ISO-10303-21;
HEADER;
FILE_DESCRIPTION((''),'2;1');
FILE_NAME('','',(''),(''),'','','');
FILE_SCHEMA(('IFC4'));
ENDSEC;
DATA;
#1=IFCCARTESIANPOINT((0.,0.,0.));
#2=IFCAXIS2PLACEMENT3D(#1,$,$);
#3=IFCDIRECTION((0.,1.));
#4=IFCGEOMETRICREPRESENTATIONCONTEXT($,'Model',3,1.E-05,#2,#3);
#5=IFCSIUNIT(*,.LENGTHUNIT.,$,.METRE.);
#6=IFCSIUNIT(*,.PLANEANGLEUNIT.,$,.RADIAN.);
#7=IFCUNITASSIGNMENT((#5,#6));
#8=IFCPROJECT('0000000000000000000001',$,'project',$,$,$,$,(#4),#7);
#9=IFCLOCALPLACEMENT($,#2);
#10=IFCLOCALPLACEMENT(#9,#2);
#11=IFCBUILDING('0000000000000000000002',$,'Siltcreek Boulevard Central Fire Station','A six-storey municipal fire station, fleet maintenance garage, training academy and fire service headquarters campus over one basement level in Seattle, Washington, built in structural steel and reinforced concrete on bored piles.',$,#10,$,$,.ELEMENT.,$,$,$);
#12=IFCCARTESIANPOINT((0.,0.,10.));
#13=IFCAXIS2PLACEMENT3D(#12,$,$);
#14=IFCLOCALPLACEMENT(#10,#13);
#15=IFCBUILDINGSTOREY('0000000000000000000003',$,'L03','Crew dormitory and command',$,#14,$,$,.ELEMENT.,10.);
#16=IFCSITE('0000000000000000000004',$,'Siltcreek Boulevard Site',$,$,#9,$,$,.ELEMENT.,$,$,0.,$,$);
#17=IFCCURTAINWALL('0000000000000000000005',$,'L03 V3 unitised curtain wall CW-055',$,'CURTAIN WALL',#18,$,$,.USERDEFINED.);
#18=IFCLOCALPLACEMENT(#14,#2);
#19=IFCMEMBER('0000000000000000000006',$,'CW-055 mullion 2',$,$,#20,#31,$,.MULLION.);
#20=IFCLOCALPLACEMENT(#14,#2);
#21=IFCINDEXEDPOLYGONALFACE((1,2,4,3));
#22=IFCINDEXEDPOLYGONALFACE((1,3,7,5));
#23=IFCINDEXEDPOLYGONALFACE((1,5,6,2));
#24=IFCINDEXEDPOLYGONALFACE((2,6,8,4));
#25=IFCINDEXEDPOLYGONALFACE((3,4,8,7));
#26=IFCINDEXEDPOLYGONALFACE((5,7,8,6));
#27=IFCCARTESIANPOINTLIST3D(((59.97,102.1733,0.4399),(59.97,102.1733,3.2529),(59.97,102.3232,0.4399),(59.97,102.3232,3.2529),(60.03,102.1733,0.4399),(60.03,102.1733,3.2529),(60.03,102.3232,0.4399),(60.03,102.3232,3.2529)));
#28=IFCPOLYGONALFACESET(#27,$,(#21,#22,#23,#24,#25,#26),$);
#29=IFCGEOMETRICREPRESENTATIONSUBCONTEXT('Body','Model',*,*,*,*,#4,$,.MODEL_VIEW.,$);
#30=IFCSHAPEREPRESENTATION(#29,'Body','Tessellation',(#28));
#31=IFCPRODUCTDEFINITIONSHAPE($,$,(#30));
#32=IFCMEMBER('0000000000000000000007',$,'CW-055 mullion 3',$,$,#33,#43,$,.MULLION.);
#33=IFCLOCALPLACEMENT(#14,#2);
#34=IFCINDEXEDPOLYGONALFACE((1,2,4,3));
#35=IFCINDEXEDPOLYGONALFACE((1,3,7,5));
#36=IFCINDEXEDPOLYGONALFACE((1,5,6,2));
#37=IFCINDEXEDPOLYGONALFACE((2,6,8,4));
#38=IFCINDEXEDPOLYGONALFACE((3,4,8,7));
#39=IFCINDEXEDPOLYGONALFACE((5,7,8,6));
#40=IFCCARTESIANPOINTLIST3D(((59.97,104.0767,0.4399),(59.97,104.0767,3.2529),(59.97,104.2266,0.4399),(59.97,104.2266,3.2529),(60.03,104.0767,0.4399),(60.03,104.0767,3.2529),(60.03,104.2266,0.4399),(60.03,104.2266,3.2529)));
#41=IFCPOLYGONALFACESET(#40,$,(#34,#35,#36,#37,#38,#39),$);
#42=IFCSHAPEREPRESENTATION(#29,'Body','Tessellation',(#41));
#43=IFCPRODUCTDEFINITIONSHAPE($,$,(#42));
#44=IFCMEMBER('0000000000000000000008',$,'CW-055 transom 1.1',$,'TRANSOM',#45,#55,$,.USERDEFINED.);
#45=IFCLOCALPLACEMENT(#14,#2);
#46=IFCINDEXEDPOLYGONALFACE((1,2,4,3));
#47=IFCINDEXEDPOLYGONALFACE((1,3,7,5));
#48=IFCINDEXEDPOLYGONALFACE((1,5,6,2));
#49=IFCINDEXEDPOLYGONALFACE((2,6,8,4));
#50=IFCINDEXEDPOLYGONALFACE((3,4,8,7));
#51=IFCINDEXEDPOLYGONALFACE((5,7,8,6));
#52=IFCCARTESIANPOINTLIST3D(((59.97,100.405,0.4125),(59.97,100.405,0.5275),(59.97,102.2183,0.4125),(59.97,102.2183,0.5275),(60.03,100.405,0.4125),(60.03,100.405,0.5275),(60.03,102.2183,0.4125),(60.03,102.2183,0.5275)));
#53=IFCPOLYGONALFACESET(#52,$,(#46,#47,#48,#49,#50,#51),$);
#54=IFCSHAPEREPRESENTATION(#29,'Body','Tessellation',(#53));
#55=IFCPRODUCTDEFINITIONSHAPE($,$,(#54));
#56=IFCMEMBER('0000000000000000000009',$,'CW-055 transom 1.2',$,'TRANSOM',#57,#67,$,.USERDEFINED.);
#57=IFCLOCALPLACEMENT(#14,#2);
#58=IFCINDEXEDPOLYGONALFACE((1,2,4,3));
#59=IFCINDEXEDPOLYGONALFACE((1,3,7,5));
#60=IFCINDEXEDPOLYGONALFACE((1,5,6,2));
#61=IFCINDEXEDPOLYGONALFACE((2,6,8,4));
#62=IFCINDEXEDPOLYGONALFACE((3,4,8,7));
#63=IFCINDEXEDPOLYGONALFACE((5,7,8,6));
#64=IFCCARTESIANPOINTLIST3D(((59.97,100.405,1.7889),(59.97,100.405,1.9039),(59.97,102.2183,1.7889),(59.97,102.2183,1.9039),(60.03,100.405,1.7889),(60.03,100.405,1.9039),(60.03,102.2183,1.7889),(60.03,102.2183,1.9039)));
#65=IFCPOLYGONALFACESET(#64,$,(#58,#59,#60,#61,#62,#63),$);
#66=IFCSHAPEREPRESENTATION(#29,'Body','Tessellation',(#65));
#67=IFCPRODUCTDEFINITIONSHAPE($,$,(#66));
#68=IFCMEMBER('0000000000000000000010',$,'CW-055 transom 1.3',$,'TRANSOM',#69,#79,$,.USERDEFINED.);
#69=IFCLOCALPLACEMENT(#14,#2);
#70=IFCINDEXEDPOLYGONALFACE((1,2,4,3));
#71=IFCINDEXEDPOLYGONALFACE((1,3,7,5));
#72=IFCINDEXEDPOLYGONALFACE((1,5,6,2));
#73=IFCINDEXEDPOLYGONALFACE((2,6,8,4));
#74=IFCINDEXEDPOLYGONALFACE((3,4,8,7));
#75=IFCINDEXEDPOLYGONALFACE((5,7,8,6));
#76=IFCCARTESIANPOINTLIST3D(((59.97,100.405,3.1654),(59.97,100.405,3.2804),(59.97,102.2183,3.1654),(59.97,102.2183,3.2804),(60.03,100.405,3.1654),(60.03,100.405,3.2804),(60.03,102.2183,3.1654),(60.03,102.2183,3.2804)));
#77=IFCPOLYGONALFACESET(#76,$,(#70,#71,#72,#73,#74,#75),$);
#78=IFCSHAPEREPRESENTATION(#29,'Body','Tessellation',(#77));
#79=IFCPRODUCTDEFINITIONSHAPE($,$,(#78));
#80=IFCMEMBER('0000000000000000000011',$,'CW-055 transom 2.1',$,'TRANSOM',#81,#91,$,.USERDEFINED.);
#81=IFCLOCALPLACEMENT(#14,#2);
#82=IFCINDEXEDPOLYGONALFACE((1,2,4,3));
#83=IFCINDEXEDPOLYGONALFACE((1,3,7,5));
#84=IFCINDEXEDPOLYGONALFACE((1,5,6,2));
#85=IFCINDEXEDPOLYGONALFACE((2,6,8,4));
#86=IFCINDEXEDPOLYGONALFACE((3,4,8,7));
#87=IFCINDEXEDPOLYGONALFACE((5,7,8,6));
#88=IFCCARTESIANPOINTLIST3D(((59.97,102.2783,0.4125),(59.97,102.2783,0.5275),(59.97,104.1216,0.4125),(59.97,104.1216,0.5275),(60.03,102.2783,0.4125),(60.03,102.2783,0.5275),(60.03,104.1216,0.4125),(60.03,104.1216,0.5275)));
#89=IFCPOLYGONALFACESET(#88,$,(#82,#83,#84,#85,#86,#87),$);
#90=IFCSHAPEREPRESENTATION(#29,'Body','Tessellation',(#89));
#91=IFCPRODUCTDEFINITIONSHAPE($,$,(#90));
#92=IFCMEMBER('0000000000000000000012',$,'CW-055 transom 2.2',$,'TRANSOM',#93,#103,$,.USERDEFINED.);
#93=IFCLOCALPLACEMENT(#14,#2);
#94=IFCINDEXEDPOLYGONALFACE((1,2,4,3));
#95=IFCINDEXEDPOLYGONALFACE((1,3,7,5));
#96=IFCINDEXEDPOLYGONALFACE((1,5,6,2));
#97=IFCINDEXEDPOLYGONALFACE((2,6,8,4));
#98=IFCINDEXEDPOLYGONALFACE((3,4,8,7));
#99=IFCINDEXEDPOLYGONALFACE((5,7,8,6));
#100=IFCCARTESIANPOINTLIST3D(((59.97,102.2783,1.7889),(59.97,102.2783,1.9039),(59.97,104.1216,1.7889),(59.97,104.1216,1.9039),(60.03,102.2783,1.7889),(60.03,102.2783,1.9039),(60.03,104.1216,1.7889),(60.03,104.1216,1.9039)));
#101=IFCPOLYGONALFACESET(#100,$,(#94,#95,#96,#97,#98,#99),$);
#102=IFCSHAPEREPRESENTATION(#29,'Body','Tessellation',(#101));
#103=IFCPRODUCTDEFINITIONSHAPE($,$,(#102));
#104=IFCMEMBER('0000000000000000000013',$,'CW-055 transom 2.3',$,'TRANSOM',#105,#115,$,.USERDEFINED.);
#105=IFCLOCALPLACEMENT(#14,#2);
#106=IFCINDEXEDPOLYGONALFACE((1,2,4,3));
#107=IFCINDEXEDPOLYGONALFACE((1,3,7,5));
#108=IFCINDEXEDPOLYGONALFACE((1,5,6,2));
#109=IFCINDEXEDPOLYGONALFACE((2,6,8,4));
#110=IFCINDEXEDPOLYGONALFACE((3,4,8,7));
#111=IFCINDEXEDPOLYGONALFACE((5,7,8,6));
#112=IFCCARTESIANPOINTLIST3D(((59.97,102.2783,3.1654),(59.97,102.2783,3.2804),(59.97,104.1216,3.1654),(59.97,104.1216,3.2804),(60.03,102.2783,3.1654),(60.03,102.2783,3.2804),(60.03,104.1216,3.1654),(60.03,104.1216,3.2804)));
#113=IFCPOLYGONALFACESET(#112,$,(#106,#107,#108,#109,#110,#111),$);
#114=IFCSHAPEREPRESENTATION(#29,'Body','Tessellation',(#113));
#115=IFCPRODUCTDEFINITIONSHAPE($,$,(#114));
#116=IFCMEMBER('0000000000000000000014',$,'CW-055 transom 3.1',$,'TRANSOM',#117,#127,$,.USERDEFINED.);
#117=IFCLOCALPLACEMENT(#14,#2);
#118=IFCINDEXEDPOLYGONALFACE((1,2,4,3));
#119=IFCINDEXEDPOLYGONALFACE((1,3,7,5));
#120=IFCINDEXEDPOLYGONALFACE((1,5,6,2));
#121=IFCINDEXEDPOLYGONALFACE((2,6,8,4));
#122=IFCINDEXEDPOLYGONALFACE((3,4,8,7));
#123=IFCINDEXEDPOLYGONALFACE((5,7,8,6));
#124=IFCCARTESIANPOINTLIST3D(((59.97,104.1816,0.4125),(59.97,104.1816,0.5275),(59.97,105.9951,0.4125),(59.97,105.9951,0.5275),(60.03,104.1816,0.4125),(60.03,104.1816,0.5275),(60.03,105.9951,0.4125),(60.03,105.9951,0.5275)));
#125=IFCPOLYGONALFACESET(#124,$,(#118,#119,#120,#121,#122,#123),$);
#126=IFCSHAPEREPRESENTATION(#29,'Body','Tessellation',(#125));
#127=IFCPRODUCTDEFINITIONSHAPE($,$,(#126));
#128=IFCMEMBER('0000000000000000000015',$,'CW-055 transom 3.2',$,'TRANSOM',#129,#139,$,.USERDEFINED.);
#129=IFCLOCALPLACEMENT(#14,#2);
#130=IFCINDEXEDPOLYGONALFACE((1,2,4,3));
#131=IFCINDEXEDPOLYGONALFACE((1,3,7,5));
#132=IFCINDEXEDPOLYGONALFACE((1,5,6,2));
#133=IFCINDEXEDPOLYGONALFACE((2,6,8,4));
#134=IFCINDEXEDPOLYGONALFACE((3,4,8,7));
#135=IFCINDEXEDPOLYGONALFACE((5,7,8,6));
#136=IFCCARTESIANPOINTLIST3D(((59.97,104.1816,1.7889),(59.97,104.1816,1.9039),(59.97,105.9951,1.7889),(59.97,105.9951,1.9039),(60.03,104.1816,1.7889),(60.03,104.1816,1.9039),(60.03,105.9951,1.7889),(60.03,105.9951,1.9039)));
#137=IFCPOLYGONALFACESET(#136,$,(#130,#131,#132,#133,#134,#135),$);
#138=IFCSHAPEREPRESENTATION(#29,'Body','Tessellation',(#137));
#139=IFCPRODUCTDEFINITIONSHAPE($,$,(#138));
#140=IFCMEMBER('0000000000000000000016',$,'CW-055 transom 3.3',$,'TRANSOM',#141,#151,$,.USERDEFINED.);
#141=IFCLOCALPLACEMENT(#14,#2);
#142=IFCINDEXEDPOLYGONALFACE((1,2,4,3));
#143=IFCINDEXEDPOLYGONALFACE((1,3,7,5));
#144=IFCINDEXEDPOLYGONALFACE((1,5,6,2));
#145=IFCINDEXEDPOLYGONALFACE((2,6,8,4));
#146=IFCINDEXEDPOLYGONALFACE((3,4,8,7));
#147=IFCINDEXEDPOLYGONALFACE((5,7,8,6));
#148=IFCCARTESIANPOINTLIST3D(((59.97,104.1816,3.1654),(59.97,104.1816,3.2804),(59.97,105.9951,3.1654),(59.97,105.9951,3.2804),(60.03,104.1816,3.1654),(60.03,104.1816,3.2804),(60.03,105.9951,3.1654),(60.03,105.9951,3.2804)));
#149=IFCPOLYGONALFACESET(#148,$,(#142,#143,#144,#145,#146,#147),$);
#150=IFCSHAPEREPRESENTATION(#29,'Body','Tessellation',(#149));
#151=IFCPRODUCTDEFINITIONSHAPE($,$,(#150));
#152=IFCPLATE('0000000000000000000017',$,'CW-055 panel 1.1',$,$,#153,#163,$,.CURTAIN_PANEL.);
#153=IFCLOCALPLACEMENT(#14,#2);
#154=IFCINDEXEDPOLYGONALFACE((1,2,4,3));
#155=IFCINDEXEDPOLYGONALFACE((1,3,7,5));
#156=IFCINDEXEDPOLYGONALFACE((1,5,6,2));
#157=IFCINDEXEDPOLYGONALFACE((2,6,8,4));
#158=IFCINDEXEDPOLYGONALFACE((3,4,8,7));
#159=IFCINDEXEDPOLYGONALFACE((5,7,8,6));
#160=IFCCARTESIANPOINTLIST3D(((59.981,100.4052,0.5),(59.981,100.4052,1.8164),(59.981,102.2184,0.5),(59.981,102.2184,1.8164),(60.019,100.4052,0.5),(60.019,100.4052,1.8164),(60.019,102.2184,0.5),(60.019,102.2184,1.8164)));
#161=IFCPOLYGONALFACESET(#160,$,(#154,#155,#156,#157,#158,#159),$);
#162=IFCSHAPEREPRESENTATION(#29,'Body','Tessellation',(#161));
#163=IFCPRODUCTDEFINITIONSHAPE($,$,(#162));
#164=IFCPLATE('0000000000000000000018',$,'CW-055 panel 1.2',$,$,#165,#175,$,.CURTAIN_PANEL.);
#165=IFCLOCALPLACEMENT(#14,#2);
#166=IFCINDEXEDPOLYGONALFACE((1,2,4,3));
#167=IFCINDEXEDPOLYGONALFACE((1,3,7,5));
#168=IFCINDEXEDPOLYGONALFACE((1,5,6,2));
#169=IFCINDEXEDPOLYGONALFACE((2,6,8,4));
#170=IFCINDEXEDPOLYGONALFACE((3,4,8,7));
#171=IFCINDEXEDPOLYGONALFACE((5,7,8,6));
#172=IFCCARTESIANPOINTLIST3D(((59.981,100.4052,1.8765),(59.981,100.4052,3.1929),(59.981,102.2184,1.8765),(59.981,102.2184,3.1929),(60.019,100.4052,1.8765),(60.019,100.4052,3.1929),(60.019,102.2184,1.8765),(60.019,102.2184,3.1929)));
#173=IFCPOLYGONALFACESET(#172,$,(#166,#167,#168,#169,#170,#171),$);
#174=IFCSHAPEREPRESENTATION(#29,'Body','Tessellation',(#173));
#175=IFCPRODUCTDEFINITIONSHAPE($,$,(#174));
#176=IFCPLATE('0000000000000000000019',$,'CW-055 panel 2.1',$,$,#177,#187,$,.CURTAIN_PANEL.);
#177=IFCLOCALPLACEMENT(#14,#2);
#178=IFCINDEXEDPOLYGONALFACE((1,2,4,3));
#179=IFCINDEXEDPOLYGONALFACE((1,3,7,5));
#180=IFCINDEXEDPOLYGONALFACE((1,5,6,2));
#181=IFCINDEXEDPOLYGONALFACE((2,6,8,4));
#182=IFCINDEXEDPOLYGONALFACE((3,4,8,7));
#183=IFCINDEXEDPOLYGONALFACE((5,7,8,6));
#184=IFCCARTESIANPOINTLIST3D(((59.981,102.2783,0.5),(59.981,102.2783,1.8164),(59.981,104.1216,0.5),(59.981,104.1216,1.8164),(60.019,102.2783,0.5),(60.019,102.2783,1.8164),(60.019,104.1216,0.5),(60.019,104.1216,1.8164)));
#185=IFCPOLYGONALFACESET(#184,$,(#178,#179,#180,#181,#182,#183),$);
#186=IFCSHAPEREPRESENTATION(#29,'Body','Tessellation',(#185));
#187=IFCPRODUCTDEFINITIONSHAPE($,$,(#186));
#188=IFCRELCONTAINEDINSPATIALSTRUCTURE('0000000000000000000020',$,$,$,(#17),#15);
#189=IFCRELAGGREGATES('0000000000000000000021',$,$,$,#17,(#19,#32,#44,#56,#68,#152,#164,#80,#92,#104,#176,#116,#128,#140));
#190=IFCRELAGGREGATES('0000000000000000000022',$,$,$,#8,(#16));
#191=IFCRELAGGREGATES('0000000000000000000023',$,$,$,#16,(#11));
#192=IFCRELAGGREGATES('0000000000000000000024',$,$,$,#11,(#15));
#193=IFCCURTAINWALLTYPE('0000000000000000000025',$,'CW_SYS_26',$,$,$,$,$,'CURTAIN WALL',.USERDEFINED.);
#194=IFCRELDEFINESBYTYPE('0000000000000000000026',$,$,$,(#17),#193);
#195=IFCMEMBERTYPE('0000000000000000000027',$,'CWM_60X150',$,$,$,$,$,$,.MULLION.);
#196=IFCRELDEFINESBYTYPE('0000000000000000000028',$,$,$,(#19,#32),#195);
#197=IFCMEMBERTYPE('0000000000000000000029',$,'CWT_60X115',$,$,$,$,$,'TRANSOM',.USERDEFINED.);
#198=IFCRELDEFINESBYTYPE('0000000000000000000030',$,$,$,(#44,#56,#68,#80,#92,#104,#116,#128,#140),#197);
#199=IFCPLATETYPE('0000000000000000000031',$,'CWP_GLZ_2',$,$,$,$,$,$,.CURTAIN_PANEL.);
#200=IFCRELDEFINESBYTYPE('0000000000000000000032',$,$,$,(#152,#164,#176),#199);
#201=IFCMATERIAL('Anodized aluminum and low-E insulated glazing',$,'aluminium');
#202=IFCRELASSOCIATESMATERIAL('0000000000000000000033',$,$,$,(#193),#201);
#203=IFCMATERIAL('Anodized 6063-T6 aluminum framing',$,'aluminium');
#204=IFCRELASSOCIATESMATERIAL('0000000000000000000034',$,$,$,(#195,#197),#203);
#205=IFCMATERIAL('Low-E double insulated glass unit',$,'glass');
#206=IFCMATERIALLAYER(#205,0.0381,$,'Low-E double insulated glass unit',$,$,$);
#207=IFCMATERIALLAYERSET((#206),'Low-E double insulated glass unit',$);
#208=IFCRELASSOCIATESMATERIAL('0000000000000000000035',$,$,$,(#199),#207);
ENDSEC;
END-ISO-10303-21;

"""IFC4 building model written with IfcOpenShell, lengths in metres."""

from ifc_helpers import new_model, si_unit, direction, frame, origin, origin_2d, place, context, subcontext, project, spatial, rectangle, extrude, material, layer, layer_set, material_profile, profile_set, type_object, element, aggregate, save


model = new_model("IFC4")

# Units and contexts
model_context = context("Model", 3, precision=1e-05, world=origin(), true_north=direction((0.0, 1.0)))
body_context = subcontext(model_context, "Body", "Model", "MODEL_VIEW")
ifc_project = project(units=[si_unit("LENGTHUNIT", "METRE"), si_unit("PLANEANGLEUNIT", "RADIAN")], contexts=[model_context])

# Site, building, storey
site_placement = place(None, origin())
site = spatial("IfcSite", under=ifc_project, at=site_placement, Name="Siltcreek Boulevard Site", CompositionType="ELEMENT", RefElevation=0.0)
building_placement = place(site_placement, origin())
building = spatial("IfcBuilding", under=site, at=building_placement, Name="Siltcreek Boulevard Central Fire Station", Description="A six-storey municipal fire station, fleet maintenance garage, training academy and fire service headquarters campus over one basement level in Seattle, Washington, built in structural steel and reinforced concrete on bored piles.", CompositionType="ELEMENT")
storey_placement = place(building_placement, frame((0.0, 0.0, 10.0)))
storey = spatial("IfcBuildingStorey", under=building, at=storey_placement, Name="L03", Description="Crew dormitory and command", CompositionType="ELEMENT", Elevation=10.0)

# Curtain wall, members, plates
ifc_material_1 = material(Name="Anodized aluminum and low-E insulated glazing", Category="aluminium")
curtain_wall_type = type_object("IfcCurtainWallType", Name="CW_SYS_26", ElementType="CURTAIN WALL", PredefinedType="USERDEFINED", material=ifc_material_1)
curtain_wall_placement = place(storey_placement, origin())
curtain_wall = element("IfcCurtainWall", 1, at=curtain_wall_placement, inside=storey, type_object=curtain_wall_type, Name="L03 V3 unitised curtain wall CW-055", ObjectType="CURTAIN WALL", PredefinedType="USERDEFINED")
ifc_material_2 = material(Name="Anodized 6063-T6 aluminum framing", Category="aluminium")
ifc_material_profile_1 = material_profile(ifc_material_2, rectangle(XDim=0.0601, YDim=0.1499, at=origin_2d()), Name="MULL60X150")
ifc_profile_set_1 = profile_set([ifc_material_profile_1], Name="Anodized 6063-T6 aluminum framing")
member_type_1 = type_object("IfcMemberType", Name="CWM_60X150", PredefinedType="MULLION", material=ifc_profile_set_1)
member_1_placement = place(storey_placement, frame((60.0, 102.2483, 0.4399), z_axis=(0.0, 0.0, 1.0), x_axis=(-1.0, 0.0, 0.0)))
member_1 = element("IfcMember", 2, at=member_1_placement, type_object=member_type_1, Name="CW-055 mullion 2", PredefinedType="MULLION", context=body_context, shape_type="SweptSolid", body=[
    extrude(rectangle(XDim=0.0601, YDim=0.1499, at=origin_2d()), origin(), (0.0, 0.0, 1.0), 2.813),
])
member_2_placement = place(storey_placement, frame((60.0, 104.1516, 0.4399), z_axis=(0.0, 0.0, 1.0), x_axis=(-1.0, 0.0, 0.0)))
member_2 = element("IfcMember", 3, at=member_2_placement, type_object=member_type_1, Name="CW-055 mullion 3", PredefinedType="MULLION", context=body_context, shape_type="SweptSolid", body=[
    extrude(rectangle(XDim=0.0601, YDim=0.1499, at=origin_2d()), origin(), (0.0, 0.0, 1.0), 2.813),
])
ifc_material_profile_2 = material_profile(ifc_material_2, rectangle(XDim=0.0601, YDim=0.115, at=origin_2d()), Name="TRAN60X115")
ifc_profile_set_2 = profile_set([ifc_material_profile_2], Name="Anodized 6063-T6 aluminum framing")
member_type_2 = type_object("IfcMemberType", Name="CWT_60X115", ElementType="TRANSOM", PredefinedType="USERDEFINED", material=ifc_profile_set_2)
member_3_placement = place(storey_placement, frame((60.0, 100.405, 0.47), z_axis=(0.0, 1.0, 0.0), x_axis=(-1.0, 0.0, 0.0)))
member_3 = element("IfcMember", 4, at=member_3_placement, type_object=member_type_2, Name="CW-055 transom 1.1", ObjectType="TRANSOM", PredefinedType="USERDEFINED", context=body_context, shape_type="SweptSolid", body=[
    extrude(rectangle(XDim=0.0601, YDim=0.115, at=origin_2d()), origin(), (0.0, 0.0, 1.0), 1.8132),
])
member_4_placement = place(storey_placement, frame((60.0, 100.405, 1.8464), z_axis=(0.0, 1.0, 0.0), x_axis=(-1.0, 0.0, 0.0)))
member_4 = element("IfcMember", 5, at=member_4_placement, type_object=member_type_2, Name="CW-055 transom 1.2", ObjectType="TRANSOM", PredefinedType="USERDEFINED", context=body_context, shape_type="SweptSolid", body=[
    extrude(rectangle(XDim=0.0601, YDim=0.115, at=origin_2d()), origin(), (0.0, 0.0, 1.0), 1.8132),
])
member_5_placement = place(storey_placement, frame((60.0, 100.405, 3.2229), z_axis=(0.0, 1.0, 0.0), x_axis=(-1.0, 0.0, 0.0)))
member_5 = element("IfcMember", 6, at=member_5_placement, type_object=member_type_2, Name="CW-055 transom 1.3", ObjectType="TRANSOM", PredefinedType="USERDEFINED", context=body_context, shape_type="SweptSolid", body=[
    extrude(rectangle(XDim=0.0601, YDim=0.115, at=origin_2d()), origin(), (0.0, 0.0, 1.0), 1.8132),
])
member_6_placement = place(storey_placement, frame((60.0, 102.2783, 0.47), z_axis=(0.0, 1.0, 0.0), x_axis=(-1.0, 0.0, 0.0)))
member_6 = element("IfcMember", 7, at=member_6_placement, type_object=member_type_2, Name="CW-055 transom 2.1", ObjectType="TRANSOM", PredefinedType="USERDEFINED", context=body_context, shape_type="SweptSolid", body=[
    extrude(rectangle(XDim=0.0601, YDim=0.115, at=origin_2d()), origin(), (0.0, 0.0, 1.0), 1.8433),
])
member_7_placement = place(storey_placement, frame((60.0, 102.2783, 1.8464), z_axis=(0.0, 1.0, 0.0), x_axis=(-1.0, 0.0, 0.0)))
member_7 = element("IfcMember", 8, at=member_7_placement, type_object=member_type_2, Name="CW-055 transom 2.2", ObjectType="TRANSOM", PredefinedType="USERDEFINED", context=body_context, shape_type="SweptSolid", body=[
    extrude(rectangle(XDim=0.0601, YDim=0.115, at=origin_2d()), origin(), (0.0, 0.0, 1.0), 1.8433),
])
member_8_placement = place(storey_placement, frame((60.0, 102.2783, 3.2229), z_axis=(0.0, 1.0, 0.0), x_axis=(-1.0, 0.0, 0.0)))
member_8 = element("IfcMember", 9, at=member_8_placement, type_object=member_type_2, Name="CW-055 transom 2.3", ObjectType="TRANSOM", PredefinedType="USERDEFINED", context=body_context, shape_type="SweptSolid", body=[
    extrude(rectangle(XDim=0.0601, YDim=0.115, at=origin_2d()), origin(), (0.0, 0.0, 1.0), 1.8433),
])
member_9_placement = place(storey_placement, frame((60.0, 104.1816, 0.47), z_axis=(0.0, 1.0, 0.0), x_axis=(-1.0, 0.0, 0.0)))
member_9 = element("IfcMember", 10, at=member_9_placement, type_object=member_type_2, Name="CW-055 transom 3.1", ObjectType="TRANSOM", PredefinedType="USERDEFINED", context=body_context, shape_type="SweptSolid", body=[
    extrude(rectangle(XDim=0.0601, YDim=0.115, at=origin_2d()), origin(), (0.0, 0.0, 1.0), 1.8135),
])
member_10_placement = place(storey_placement, frame((60.0, 104.1816, 1.8464), z_axis=(0.0, 1.0, 0.0), x_axis=(-1.0, 0.0, 0.0)))
member_10 = element("IfcMember", 11, at=member_10_placement, type_object=member_type_2, Name="CW-055 transom 3.2", ObjectType="TRANSOM", PredefinedType="USERDEFINED", context=body_context, shape_type="SweptSolid", body=[
    extrude(rectangle(XDim=0.0601, YDim=0.115, at=origin_2d()), origin(), (0.0, 0.0, 1.0), 1.8135),
])
member_11_placement = place(storey_placement, frame((60.0, 104.1816, 3.2229), z_axis=(0.0, 1.0, 0.0), x_axis=(-1.0, 0.0, 0.0)))
member_11 = element("IfcMember", 12, at=member_11_placement, type_object=member_type_2, Name="CW-055 transom 3.3", ObjectType="TRANSOM", PredefinedType="USERDEFINED", context=body_context, shape_type="SweptSolid", body=[
    extrude(rectangle(XDim=0.0601, YDim=0.115, at=origin_2d()), origin(), (0.0, 0.0, 1.0), 1.8135),
])
ifc_material_3 = material(Name="Low-E double insulated glass unit", Category="glass")
ifc_layer_1 = layer(ifc_material_3, 0.0381, Name="Low-E double insulated glass unit")
ifc_layer_set_1 = layer_set([ifc_layer_1], Name="Low-E double insulated glass unit")
plate_type = type_object("IfcPlateType", Name="CWP_GLZ_2", PredefinedType="CURTAIN_PANEL", material=ifc_layer_set_1)
plate_1_placement = place(storey_placement, frame((60.0, 101.3118, 0.5), z_axis=(0.0, 0.0, 1.0), x_axis=(0.0, 1.0, 0.0)))
plate_1 = element("IfcPlate", 13, at=plate_1_placement, type_object=plate_type, Name="CW-055 panel 1.1", PredefinedType="CURTAIN_PANEL", context=body_context, shape_type="SweptSolid", body=[
    extrude(rectangle(XDim=1.8132, YDim=0.0381, at=origin_2d()), origin(), (0.0, 0.0, 1.0), 1.3164),
])
plate_2_placement = place(storey_placement, frame((60.0, 101.3118, 1.8765), z_axis=(0.0, 0.0, 1.0), x_axis=(0.0, 1.0, 0.0)))
plate_2 = element("IfcPlate", 14, at=plate_2_placement, type_object=plate_type, Name="CW-055 panel 1.2", PredefinedType="CURTAIN_PANEL", context=body_context, shape_type="SweptSolid", body=[
    extrude(rectangle(XDim=1.8132, YDim=0.0381, at=origin_2d()), origin(), (0.0, 0.0, 1.0), 1.3164),
])
plate_3_placement = place(storey_placement, frame((60.0, 103.2, 0.5), z_axis=(0.0, 0.0, 1.0), x_axis=(0.0, 1.0, 0.0)))
plate_3 = element("IfcPlate", 15, at=plate_3_placement, type_object=plate_type, Name="CW-055 panel 2.1", PredefinedType="CURTAIN_PANEL", context=body_context, shape_type="SweptSolid", body=[
    extrude(rectangle(XDim=1.8433, YDim=0.0381, at=origin_2d()), origin(), (0.0, 0.0, 1.0), 1.3164),
])
aggregate(curtain_wall, [member_1, member_2, member_3, member_4, member_5, plate_1, plate_2, member_6, member_7, member_8, plate_3, member_9, member_10, member_11])

save(model, "model.ifc")
